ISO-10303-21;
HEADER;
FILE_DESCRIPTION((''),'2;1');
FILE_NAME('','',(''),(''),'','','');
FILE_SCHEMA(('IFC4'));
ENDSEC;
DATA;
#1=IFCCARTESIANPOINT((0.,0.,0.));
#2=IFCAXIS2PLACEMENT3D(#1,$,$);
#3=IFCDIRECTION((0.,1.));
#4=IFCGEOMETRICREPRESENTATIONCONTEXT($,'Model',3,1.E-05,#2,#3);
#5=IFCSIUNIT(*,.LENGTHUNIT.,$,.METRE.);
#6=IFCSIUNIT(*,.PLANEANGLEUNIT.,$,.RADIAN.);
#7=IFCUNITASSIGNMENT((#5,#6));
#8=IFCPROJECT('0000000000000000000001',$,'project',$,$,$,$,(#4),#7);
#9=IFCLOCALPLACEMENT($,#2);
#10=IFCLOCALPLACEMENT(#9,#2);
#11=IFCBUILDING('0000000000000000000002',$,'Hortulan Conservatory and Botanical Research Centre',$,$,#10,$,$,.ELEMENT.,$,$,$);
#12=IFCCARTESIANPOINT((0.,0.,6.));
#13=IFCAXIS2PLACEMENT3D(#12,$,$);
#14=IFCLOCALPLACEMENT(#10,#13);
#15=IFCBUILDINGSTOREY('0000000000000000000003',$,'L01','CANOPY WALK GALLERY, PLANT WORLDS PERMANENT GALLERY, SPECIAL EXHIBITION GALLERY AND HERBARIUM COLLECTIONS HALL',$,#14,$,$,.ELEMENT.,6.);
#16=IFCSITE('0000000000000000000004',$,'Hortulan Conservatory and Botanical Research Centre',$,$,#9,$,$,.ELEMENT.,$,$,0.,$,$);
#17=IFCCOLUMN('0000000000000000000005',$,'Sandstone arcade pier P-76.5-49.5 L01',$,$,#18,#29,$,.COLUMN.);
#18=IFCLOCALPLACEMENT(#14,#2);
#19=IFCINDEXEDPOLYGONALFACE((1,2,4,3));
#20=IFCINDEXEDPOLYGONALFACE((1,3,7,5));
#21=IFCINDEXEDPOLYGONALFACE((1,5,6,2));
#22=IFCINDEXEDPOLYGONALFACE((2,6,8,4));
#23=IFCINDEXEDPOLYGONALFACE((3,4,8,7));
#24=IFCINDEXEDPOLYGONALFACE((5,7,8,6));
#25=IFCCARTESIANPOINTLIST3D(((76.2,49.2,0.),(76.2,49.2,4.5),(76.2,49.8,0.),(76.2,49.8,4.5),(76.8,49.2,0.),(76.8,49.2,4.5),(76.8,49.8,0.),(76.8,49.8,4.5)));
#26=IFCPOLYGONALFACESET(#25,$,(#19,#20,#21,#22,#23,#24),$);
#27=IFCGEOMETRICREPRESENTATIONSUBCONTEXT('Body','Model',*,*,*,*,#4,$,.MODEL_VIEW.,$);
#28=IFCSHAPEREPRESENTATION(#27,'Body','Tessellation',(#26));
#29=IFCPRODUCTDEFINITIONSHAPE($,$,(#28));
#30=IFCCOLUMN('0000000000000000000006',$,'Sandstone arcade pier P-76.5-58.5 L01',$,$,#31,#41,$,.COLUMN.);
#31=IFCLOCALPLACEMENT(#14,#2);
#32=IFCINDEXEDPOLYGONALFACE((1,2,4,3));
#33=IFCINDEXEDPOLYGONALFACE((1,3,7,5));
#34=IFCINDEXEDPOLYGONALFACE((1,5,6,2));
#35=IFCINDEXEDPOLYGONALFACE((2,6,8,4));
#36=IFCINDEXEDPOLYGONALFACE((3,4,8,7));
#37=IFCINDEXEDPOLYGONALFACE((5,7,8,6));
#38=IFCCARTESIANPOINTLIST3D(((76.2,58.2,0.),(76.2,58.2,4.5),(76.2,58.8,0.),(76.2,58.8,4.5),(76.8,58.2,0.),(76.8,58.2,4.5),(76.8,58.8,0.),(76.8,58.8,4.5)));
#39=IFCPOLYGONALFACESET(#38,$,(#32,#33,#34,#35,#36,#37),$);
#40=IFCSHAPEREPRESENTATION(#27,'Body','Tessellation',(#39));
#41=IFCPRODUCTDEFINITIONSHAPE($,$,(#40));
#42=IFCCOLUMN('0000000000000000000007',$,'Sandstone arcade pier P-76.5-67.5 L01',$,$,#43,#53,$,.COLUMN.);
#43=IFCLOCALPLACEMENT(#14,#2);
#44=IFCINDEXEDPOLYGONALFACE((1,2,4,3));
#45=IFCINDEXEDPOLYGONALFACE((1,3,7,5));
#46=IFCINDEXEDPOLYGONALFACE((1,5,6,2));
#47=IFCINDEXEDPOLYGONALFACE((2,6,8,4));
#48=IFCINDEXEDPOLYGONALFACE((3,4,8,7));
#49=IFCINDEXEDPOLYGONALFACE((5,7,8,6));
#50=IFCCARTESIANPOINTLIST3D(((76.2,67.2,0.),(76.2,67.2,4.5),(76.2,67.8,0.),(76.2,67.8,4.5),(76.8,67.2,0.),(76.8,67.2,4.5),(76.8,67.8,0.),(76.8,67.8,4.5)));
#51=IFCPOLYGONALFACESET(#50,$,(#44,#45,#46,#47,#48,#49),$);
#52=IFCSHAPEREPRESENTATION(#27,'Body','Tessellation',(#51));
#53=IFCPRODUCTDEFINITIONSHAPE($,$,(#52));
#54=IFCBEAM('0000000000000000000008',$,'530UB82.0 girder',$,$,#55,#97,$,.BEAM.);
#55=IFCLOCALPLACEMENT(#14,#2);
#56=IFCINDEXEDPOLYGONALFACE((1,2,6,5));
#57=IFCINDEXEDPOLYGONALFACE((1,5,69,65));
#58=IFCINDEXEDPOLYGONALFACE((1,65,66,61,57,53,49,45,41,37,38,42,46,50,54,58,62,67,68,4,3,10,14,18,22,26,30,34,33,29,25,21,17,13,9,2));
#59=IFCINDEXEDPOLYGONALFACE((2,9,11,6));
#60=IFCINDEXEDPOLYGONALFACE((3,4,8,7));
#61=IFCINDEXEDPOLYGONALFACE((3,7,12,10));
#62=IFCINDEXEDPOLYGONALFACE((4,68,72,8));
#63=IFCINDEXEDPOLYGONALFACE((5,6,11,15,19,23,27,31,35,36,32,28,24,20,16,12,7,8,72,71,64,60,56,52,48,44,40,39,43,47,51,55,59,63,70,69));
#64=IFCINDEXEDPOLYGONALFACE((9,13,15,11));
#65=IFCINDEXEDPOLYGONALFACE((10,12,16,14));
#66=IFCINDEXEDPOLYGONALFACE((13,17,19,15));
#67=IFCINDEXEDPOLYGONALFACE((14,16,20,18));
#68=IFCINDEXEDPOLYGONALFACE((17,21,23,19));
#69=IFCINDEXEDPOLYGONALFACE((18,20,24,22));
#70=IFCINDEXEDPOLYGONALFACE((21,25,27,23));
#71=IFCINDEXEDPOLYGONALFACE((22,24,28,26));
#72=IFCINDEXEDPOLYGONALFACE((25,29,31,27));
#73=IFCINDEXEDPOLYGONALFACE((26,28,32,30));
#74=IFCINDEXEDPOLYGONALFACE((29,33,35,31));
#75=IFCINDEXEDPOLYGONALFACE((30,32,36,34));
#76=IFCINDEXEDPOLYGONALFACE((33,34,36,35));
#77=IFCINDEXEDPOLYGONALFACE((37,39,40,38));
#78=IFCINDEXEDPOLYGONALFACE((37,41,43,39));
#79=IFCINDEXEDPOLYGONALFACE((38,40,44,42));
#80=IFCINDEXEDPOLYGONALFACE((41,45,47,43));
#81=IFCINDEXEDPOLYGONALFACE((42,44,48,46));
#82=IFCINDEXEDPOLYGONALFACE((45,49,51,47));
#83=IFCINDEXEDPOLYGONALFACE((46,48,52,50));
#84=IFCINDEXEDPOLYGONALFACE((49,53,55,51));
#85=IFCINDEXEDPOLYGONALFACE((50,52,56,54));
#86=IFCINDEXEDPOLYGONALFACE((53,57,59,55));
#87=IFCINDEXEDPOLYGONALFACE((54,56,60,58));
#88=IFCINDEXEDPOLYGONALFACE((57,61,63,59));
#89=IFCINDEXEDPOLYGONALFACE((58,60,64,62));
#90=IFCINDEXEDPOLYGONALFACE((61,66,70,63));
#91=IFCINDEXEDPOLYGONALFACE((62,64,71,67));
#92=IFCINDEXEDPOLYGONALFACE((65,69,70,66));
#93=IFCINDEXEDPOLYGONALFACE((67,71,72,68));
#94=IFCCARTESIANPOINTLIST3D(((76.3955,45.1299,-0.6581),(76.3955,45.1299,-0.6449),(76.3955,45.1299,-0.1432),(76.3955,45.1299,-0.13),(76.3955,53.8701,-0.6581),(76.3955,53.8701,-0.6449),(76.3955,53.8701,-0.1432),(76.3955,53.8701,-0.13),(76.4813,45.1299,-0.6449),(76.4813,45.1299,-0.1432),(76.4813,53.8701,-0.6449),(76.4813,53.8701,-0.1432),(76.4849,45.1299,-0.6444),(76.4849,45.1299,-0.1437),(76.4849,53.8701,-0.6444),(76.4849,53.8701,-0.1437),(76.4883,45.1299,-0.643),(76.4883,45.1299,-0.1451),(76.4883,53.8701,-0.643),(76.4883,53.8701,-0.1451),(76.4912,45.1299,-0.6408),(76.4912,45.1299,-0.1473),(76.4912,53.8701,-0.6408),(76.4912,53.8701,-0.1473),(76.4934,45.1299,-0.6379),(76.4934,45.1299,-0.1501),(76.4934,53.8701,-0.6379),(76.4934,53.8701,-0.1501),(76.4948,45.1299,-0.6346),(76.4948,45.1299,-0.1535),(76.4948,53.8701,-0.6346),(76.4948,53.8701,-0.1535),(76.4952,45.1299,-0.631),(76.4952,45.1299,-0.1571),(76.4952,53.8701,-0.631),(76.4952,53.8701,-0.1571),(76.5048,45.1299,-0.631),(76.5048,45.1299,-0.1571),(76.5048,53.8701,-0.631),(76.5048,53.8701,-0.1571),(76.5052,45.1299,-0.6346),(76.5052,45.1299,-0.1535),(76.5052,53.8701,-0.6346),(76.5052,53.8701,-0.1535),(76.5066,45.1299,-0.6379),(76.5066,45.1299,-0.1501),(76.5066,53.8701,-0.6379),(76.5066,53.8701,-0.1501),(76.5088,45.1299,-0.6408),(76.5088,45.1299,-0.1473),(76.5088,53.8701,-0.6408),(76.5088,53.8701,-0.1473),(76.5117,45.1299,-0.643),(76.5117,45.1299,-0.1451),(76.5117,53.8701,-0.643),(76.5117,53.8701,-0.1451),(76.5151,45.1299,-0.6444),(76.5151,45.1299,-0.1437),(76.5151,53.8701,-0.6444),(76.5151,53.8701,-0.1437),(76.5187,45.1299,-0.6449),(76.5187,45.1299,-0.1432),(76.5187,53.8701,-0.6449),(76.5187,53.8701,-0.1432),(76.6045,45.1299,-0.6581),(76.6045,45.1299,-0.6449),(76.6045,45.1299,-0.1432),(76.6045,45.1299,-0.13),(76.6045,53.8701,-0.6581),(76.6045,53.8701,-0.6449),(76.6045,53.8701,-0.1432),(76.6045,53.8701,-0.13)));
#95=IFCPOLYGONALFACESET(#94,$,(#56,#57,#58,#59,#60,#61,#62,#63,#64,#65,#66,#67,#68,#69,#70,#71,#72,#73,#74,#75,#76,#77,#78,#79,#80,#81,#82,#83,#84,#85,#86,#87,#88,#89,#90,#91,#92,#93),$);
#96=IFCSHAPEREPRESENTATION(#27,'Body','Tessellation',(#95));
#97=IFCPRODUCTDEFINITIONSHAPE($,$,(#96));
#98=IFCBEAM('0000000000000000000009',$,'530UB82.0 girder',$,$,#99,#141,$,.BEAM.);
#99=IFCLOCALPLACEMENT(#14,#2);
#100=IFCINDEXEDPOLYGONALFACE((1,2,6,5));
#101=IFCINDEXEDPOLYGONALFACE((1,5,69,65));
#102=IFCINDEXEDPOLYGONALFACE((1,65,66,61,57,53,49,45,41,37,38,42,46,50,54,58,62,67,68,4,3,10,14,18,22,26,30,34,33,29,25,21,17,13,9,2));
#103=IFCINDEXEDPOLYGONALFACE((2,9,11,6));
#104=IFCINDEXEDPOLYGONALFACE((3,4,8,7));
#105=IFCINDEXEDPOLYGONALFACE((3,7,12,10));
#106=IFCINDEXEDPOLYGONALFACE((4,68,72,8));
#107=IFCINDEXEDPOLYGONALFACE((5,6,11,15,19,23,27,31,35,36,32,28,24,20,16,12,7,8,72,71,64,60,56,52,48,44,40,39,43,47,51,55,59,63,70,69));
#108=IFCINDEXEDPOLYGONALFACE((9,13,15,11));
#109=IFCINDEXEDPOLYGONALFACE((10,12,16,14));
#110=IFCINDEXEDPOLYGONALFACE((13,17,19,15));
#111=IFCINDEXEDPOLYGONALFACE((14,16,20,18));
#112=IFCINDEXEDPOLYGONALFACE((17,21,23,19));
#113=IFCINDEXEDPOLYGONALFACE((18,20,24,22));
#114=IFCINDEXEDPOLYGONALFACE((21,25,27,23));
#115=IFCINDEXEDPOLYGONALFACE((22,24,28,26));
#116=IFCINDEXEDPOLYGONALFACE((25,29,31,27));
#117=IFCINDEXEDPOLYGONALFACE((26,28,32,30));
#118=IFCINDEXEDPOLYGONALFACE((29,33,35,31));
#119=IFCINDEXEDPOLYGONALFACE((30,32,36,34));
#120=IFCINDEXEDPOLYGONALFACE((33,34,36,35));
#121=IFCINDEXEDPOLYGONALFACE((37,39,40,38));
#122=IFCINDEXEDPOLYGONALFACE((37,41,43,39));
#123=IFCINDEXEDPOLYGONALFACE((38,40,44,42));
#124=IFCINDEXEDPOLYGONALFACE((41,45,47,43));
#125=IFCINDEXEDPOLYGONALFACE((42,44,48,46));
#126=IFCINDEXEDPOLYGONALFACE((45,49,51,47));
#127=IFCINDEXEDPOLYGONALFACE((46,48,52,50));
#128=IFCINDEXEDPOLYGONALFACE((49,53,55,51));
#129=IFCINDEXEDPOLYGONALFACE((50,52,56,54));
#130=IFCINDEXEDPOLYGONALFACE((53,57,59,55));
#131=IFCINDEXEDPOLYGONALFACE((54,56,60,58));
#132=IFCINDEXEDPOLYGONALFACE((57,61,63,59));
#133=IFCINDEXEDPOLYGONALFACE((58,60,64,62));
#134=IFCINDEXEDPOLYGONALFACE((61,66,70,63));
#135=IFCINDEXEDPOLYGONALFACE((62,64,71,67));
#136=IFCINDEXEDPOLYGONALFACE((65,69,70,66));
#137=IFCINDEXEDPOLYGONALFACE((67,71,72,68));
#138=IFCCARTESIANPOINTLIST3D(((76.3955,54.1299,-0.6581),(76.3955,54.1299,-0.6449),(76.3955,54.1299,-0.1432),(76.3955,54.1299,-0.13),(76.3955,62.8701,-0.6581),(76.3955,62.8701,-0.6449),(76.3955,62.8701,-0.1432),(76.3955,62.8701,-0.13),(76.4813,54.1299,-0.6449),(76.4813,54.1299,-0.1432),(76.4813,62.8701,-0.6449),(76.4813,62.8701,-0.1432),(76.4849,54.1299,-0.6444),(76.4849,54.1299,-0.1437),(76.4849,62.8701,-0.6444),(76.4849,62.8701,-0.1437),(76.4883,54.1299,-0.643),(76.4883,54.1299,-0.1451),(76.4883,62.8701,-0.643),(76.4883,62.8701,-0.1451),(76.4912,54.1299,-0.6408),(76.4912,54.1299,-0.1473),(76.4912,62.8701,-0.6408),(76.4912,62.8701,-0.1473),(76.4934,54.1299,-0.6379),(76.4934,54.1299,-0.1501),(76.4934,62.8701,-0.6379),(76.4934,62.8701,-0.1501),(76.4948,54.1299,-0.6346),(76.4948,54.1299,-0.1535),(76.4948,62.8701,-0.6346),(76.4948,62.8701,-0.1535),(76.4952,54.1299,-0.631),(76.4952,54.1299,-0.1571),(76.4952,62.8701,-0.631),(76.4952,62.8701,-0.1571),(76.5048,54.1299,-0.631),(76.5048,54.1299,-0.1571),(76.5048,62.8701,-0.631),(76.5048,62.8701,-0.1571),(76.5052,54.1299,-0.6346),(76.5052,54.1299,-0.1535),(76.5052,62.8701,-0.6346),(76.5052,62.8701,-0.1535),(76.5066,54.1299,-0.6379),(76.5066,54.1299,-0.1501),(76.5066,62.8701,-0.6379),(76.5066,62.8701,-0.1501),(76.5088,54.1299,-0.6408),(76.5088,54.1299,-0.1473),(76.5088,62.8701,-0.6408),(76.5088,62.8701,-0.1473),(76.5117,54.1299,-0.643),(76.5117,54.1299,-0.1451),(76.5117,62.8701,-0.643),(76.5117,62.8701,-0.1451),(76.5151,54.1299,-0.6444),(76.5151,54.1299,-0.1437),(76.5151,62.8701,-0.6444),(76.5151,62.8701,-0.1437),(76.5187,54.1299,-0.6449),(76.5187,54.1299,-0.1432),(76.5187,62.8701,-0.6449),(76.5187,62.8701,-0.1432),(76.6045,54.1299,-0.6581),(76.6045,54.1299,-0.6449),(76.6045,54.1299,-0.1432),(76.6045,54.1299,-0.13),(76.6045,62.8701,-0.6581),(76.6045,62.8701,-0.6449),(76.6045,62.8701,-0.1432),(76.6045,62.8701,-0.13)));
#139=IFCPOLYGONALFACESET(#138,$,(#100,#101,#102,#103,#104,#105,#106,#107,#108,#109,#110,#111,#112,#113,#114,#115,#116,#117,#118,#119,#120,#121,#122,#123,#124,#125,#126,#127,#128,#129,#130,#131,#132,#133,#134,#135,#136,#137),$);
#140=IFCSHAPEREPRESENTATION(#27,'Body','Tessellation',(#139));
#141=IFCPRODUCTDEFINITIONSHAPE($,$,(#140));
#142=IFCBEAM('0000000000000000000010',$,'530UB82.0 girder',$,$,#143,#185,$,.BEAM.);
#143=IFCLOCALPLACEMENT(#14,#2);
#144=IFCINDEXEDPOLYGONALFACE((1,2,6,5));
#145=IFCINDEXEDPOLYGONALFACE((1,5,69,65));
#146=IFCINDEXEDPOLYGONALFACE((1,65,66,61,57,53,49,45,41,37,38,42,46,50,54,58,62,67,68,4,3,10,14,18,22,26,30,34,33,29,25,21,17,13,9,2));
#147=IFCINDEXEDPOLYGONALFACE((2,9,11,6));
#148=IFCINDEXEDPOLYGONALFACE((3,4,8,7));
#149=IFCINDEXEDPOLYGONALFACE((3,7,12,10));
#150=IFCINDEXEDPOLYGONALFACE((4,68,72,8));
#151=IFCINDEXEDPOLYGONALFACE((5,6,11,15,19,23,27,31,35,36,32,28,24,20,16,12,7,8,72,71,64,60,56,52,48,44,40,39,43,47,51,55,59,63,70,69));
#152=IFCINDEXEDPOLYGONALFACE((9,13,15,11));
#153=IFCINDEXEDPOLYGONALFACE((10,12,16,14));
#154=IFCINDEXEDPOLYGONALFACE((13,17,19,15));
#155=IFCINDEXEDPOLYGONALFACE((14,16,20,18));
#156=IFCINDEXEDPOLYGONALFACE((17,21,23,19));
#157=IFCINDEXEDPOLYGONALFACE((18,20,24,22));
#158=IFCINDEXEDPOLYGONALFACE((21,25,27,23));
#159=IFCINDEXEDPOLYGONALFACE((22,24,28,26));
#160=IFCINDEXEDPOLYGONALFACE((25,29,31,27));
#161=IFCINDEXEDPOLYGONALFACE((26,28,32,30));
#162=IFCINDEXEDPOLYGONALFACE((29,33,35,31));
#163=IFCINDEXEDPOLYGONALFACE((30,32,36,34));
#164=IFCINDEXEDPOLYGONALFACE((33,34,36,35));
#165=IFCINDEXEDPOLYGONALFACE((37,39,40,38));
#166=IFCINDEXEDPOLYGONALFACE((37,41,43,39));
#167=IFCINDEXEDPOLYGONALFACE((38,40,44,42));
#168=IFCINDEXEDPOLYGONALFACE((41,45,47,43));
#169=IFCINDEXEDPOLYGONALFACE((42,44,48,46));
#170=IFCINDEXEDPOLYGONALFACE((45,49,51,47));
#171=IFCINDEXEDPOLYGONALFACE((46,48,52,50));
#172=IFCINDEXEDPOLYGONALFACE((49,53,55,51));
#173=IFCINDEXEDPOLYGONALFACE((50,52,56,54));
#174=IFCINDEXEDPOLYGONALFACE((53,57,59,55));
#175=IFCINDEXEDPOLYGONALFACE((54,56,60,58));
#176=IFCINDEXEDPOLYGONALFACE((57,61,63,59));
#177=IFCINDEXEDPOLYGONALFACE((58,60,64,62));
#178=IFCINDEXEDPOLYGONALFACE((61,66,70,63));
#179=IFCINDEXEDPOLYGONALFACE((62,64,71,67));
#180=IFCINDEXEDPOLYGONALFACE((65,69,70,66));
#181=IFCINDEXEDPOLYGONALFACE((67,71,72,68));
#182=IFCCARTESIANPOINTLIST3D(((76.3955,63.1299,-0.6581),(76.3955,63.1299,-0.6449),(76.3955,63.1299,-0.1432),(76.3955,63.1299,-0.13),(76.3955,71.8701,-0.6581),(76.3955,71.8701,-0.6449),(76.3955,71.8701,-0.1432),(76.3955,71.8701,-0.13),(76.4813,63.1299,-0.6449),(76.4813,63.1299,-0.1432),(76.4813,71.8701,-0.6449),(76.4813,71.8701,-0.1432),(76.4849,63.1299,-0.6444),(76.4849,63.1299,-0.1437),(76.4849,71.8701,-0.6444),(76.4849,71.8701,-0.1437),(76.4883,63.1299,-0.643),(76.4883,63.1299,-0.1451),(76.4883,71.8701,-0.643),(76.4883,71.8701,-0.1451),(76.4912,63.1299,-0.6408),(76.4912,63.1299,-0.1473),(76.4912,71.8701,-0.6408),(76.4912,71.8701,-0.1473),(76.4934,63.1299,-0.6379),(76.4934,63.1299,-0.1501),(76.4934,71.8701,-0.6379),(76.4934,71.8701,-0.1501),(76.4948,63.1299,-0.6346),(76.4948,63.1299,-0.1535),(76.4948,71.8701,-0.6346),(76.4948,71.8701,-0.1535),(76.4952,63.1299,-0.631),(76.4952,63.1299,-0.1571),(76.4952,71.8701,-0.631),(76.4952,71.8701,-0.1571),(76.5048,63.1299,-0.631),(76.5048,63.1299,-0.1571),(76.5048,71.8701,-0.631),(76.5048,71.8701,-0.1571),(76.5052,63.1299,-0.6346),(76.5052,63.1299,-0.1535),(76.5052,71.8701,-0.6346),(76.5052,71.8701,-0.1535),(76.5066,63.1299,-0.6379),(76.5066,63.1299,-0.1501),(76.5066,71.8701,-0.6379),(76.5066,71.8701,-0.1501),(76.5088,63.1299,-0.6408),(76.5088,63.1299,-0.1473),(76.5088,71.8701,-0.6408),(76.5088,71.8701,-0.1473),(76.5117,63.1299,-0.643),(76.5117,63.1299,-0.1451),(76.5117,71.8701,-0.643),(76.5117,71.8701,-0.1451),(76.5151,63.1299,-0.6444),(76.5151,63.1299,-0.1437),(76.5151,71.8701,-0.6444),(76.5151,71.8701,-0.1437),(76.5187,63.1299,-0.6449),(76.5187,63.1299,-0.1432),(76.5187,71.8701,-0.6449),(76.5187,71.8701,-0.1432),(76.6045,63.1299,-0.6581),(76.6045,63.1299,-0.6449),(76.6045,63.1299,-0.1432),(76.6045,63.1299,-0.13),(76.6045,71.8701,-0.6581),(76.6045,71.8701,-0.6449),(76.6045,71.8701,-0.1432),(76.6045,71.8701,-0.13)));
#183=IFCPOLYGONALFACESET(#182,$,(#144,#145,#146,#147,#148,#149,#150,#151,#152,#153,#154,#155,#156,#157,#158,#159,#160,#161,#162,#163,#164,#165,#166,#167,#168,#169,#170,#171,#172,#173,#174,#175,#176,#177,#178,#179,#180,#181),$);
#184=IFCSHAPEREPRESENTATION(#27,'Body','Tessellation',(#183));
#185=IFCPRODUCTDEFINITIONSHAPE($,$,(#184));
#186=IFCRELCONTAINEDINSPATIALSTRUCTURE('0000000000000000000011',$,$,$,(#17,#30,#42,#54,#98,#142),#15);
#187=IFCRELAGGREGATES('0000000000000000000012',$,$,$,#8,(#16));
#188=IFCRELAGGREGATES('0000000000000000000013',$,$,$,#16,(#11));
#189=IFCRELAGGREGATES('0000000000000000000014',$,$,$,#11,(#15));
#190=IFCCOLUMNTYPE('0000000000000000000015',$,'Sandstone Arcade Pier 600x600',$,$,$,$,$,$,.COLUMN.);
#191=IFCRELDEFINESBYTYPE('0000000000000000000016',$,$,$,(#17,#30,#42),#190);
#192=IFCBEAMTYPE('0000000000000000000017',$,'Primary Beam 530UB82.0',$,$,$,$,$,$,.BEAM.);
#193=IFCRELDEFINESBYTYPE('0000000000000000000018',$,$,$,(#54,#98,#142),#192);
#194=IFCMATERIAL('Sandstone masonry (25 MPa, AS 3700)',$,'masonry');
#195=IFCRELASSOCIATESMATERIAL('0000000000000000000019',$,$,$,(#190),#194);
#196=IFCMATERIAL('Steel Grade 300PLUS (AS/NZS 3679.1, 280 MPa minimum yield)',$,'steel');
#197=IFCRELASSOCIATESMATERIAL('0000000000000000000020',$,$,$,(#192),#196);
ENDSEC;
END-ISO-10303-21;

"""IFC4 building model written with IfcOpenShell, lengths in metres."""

from ifc_helpers import new_model, si_unit, direction, frame, origin, origin_2d, place, context, subcontext, project, spatial, rectangle, i_section, extrude, material, material_profile, profile_set, type_object, element, save


model = new_model("IFC4")

# Units and contexts
model_context = context("Model", 3, precision=1e-05, world=origin(), true_north=direction((0.0, 1.0)))
body_context = subcontext(model_context, "Body", "Model", "MODEL_VIEW")
ifc_project = project(units=[si_unit("LENGTHUNIT", "METRE"), si_unit("PLANEANGLEUNIT", "RADIAN")], contexts=[model_context])

# Site, building, storey
site_placement = place(None, origin())
site = spatial("IfcSite", under=ifc_project, at=site_placement, Name="Hortulan Conservatory and Botanical Research Centre", CompositionType="ELEMENT", RefElevation=0.0)
building_placement = place(site_placement, origin())
building = spatial("IfcBuilding", under=site, at=building_placement, Name="Hortulan Conservatory and Botanical Research Centre", CompositionType="ELEMENT")
storey_placement = place(building_placement, frame((0.0, 0.0, 6.0)))
storey = spatial("IfcBuildingStorey", under=building, at=storey_placement, Name="L01", Description="CANOPY WALK GALLERY, PLANT WORLDS PERMANENT GALLERY, SPECIAL EXHIBITION GALLERY AND HERBARIUM COLLECTIONS HALL", CompositionType="ELEMENT", Elevation=6.0)

# Columns
ifc_material_1 = material(Name="Steel Grade 300PLUS (AS/NZS 3679.1, 280 MPa minimum yield)", Category="steel")
ifc_material_2 = material(Name="Sandstone masonry (25 MPa, AS 3700)", Category="masonry")
ifc_material_profile_1 = material_profile(ifc_material_2, rectangle(XDim=0.6001, YDim=0.6001, at=origin_2d()), Name="Square pier 600")
ifc_profile_set_1 = profile_set([ifc_material_profile_1], Name="Sandstone masonry (25 MPa, AS 3700)")
column_type_1 = type_object("IfcColumnType", Name="Sandstone Arcade Pier 600x600", PredefinedType="COLUMN", material=ifc_profile_set_1)
for number, where, z_axis, x_axis, name in (
    (1, (76.5, 49.5, 0.0), (0.0, 0.0, 1.0), (1.0, 0.0, 0.0), "Sandstone arcade pier P-76.5-49.5 L01"),
    (2, (76.5, 58.5, 0.0), (0.0, 0.0, 1.0), (1.0, 0.0, 0.0), "Sandstone arcade pier P-76.5-58.5 L01"),
    (3, (76.5, 67.5, 0.0), (0.0, 0.0, 1.0), (1.0, 0.0, 0.0), "Sandstone arcade pier P-76.5-67.5 L01"),
):
    element("IfcColumn", number, at=place(storey_placement, frame(where, z_axis=z_axis, x_axis=x_axis)), inside=storey, type_object=column_type_1, Name=name, PredefinedType="COLUMN", context=body_context, shape_type="SweptSolid", body=[
        extrude(rectangle(XDim=0.6001, YDim=0.6001, at=origin_2d()), origin(), (0.0, 0.0, 1.0), 4.5),
    ])

# Beams
ifc_material_profile_2 = material_profile(ifc_material_1, i_section(OverallWidth=0.209, OverallDepth=0.5281, WebThickness=0.0095, FlangeThickness=0.0132, FilletRadius=0.0139, at=origin_2d()), Name="530UB82.0")
ifc_profile_set_2 = profile_set([ifc_material_profile_2], Name="Steel Grade 300PLUS (AS/NZS 3679.1, 280 MPa minimum yield)")
beam_type_1 = type_object("IfcBeamType", Name="Primary Beam 530UB82.0", PredefinedType="BEAM", material=ifc_profile_set_2)
for number, where, z_axis, x_axis, name in (
    (4, (76.5, 45.1299, -0.394), (0.0, 1.0, 0.0), (-1.0, 0.0, 0.0), "530UB82.0 girder"),
    (5, (76.5, 54.1299, -0.394), (0.0, 1.0, 0.0), (-1.0, 0.0, 0.0), "530UB82.0 girder"),
    (6, (76.5, 63.1299, -0.394), (0.0, 1.0, 0.0), (-1.0, 0.0, 0.0), "530UB82.0 girder"),
):
    element("IfcBeam", number, at=place(storey_placement, frame(where, z_axis=z_axis, x_axis=x_axis)), inside=storey, type_object=beam_type_1, Name=name, PredefinedType="BEAM", context=body_context, shape_type="SweptSolid", body=[
        extrude(i_section(OverallWidth=0.209, OverallDepth=0.5281, WebThickness=0.0095, FlangeThickness=0.0132, FilletRadius=0.0139, at=origin_2d()), origin(), (0.0, 0.0, 1.0), 8.7402),
    ])

save(model, "model.ifc")
